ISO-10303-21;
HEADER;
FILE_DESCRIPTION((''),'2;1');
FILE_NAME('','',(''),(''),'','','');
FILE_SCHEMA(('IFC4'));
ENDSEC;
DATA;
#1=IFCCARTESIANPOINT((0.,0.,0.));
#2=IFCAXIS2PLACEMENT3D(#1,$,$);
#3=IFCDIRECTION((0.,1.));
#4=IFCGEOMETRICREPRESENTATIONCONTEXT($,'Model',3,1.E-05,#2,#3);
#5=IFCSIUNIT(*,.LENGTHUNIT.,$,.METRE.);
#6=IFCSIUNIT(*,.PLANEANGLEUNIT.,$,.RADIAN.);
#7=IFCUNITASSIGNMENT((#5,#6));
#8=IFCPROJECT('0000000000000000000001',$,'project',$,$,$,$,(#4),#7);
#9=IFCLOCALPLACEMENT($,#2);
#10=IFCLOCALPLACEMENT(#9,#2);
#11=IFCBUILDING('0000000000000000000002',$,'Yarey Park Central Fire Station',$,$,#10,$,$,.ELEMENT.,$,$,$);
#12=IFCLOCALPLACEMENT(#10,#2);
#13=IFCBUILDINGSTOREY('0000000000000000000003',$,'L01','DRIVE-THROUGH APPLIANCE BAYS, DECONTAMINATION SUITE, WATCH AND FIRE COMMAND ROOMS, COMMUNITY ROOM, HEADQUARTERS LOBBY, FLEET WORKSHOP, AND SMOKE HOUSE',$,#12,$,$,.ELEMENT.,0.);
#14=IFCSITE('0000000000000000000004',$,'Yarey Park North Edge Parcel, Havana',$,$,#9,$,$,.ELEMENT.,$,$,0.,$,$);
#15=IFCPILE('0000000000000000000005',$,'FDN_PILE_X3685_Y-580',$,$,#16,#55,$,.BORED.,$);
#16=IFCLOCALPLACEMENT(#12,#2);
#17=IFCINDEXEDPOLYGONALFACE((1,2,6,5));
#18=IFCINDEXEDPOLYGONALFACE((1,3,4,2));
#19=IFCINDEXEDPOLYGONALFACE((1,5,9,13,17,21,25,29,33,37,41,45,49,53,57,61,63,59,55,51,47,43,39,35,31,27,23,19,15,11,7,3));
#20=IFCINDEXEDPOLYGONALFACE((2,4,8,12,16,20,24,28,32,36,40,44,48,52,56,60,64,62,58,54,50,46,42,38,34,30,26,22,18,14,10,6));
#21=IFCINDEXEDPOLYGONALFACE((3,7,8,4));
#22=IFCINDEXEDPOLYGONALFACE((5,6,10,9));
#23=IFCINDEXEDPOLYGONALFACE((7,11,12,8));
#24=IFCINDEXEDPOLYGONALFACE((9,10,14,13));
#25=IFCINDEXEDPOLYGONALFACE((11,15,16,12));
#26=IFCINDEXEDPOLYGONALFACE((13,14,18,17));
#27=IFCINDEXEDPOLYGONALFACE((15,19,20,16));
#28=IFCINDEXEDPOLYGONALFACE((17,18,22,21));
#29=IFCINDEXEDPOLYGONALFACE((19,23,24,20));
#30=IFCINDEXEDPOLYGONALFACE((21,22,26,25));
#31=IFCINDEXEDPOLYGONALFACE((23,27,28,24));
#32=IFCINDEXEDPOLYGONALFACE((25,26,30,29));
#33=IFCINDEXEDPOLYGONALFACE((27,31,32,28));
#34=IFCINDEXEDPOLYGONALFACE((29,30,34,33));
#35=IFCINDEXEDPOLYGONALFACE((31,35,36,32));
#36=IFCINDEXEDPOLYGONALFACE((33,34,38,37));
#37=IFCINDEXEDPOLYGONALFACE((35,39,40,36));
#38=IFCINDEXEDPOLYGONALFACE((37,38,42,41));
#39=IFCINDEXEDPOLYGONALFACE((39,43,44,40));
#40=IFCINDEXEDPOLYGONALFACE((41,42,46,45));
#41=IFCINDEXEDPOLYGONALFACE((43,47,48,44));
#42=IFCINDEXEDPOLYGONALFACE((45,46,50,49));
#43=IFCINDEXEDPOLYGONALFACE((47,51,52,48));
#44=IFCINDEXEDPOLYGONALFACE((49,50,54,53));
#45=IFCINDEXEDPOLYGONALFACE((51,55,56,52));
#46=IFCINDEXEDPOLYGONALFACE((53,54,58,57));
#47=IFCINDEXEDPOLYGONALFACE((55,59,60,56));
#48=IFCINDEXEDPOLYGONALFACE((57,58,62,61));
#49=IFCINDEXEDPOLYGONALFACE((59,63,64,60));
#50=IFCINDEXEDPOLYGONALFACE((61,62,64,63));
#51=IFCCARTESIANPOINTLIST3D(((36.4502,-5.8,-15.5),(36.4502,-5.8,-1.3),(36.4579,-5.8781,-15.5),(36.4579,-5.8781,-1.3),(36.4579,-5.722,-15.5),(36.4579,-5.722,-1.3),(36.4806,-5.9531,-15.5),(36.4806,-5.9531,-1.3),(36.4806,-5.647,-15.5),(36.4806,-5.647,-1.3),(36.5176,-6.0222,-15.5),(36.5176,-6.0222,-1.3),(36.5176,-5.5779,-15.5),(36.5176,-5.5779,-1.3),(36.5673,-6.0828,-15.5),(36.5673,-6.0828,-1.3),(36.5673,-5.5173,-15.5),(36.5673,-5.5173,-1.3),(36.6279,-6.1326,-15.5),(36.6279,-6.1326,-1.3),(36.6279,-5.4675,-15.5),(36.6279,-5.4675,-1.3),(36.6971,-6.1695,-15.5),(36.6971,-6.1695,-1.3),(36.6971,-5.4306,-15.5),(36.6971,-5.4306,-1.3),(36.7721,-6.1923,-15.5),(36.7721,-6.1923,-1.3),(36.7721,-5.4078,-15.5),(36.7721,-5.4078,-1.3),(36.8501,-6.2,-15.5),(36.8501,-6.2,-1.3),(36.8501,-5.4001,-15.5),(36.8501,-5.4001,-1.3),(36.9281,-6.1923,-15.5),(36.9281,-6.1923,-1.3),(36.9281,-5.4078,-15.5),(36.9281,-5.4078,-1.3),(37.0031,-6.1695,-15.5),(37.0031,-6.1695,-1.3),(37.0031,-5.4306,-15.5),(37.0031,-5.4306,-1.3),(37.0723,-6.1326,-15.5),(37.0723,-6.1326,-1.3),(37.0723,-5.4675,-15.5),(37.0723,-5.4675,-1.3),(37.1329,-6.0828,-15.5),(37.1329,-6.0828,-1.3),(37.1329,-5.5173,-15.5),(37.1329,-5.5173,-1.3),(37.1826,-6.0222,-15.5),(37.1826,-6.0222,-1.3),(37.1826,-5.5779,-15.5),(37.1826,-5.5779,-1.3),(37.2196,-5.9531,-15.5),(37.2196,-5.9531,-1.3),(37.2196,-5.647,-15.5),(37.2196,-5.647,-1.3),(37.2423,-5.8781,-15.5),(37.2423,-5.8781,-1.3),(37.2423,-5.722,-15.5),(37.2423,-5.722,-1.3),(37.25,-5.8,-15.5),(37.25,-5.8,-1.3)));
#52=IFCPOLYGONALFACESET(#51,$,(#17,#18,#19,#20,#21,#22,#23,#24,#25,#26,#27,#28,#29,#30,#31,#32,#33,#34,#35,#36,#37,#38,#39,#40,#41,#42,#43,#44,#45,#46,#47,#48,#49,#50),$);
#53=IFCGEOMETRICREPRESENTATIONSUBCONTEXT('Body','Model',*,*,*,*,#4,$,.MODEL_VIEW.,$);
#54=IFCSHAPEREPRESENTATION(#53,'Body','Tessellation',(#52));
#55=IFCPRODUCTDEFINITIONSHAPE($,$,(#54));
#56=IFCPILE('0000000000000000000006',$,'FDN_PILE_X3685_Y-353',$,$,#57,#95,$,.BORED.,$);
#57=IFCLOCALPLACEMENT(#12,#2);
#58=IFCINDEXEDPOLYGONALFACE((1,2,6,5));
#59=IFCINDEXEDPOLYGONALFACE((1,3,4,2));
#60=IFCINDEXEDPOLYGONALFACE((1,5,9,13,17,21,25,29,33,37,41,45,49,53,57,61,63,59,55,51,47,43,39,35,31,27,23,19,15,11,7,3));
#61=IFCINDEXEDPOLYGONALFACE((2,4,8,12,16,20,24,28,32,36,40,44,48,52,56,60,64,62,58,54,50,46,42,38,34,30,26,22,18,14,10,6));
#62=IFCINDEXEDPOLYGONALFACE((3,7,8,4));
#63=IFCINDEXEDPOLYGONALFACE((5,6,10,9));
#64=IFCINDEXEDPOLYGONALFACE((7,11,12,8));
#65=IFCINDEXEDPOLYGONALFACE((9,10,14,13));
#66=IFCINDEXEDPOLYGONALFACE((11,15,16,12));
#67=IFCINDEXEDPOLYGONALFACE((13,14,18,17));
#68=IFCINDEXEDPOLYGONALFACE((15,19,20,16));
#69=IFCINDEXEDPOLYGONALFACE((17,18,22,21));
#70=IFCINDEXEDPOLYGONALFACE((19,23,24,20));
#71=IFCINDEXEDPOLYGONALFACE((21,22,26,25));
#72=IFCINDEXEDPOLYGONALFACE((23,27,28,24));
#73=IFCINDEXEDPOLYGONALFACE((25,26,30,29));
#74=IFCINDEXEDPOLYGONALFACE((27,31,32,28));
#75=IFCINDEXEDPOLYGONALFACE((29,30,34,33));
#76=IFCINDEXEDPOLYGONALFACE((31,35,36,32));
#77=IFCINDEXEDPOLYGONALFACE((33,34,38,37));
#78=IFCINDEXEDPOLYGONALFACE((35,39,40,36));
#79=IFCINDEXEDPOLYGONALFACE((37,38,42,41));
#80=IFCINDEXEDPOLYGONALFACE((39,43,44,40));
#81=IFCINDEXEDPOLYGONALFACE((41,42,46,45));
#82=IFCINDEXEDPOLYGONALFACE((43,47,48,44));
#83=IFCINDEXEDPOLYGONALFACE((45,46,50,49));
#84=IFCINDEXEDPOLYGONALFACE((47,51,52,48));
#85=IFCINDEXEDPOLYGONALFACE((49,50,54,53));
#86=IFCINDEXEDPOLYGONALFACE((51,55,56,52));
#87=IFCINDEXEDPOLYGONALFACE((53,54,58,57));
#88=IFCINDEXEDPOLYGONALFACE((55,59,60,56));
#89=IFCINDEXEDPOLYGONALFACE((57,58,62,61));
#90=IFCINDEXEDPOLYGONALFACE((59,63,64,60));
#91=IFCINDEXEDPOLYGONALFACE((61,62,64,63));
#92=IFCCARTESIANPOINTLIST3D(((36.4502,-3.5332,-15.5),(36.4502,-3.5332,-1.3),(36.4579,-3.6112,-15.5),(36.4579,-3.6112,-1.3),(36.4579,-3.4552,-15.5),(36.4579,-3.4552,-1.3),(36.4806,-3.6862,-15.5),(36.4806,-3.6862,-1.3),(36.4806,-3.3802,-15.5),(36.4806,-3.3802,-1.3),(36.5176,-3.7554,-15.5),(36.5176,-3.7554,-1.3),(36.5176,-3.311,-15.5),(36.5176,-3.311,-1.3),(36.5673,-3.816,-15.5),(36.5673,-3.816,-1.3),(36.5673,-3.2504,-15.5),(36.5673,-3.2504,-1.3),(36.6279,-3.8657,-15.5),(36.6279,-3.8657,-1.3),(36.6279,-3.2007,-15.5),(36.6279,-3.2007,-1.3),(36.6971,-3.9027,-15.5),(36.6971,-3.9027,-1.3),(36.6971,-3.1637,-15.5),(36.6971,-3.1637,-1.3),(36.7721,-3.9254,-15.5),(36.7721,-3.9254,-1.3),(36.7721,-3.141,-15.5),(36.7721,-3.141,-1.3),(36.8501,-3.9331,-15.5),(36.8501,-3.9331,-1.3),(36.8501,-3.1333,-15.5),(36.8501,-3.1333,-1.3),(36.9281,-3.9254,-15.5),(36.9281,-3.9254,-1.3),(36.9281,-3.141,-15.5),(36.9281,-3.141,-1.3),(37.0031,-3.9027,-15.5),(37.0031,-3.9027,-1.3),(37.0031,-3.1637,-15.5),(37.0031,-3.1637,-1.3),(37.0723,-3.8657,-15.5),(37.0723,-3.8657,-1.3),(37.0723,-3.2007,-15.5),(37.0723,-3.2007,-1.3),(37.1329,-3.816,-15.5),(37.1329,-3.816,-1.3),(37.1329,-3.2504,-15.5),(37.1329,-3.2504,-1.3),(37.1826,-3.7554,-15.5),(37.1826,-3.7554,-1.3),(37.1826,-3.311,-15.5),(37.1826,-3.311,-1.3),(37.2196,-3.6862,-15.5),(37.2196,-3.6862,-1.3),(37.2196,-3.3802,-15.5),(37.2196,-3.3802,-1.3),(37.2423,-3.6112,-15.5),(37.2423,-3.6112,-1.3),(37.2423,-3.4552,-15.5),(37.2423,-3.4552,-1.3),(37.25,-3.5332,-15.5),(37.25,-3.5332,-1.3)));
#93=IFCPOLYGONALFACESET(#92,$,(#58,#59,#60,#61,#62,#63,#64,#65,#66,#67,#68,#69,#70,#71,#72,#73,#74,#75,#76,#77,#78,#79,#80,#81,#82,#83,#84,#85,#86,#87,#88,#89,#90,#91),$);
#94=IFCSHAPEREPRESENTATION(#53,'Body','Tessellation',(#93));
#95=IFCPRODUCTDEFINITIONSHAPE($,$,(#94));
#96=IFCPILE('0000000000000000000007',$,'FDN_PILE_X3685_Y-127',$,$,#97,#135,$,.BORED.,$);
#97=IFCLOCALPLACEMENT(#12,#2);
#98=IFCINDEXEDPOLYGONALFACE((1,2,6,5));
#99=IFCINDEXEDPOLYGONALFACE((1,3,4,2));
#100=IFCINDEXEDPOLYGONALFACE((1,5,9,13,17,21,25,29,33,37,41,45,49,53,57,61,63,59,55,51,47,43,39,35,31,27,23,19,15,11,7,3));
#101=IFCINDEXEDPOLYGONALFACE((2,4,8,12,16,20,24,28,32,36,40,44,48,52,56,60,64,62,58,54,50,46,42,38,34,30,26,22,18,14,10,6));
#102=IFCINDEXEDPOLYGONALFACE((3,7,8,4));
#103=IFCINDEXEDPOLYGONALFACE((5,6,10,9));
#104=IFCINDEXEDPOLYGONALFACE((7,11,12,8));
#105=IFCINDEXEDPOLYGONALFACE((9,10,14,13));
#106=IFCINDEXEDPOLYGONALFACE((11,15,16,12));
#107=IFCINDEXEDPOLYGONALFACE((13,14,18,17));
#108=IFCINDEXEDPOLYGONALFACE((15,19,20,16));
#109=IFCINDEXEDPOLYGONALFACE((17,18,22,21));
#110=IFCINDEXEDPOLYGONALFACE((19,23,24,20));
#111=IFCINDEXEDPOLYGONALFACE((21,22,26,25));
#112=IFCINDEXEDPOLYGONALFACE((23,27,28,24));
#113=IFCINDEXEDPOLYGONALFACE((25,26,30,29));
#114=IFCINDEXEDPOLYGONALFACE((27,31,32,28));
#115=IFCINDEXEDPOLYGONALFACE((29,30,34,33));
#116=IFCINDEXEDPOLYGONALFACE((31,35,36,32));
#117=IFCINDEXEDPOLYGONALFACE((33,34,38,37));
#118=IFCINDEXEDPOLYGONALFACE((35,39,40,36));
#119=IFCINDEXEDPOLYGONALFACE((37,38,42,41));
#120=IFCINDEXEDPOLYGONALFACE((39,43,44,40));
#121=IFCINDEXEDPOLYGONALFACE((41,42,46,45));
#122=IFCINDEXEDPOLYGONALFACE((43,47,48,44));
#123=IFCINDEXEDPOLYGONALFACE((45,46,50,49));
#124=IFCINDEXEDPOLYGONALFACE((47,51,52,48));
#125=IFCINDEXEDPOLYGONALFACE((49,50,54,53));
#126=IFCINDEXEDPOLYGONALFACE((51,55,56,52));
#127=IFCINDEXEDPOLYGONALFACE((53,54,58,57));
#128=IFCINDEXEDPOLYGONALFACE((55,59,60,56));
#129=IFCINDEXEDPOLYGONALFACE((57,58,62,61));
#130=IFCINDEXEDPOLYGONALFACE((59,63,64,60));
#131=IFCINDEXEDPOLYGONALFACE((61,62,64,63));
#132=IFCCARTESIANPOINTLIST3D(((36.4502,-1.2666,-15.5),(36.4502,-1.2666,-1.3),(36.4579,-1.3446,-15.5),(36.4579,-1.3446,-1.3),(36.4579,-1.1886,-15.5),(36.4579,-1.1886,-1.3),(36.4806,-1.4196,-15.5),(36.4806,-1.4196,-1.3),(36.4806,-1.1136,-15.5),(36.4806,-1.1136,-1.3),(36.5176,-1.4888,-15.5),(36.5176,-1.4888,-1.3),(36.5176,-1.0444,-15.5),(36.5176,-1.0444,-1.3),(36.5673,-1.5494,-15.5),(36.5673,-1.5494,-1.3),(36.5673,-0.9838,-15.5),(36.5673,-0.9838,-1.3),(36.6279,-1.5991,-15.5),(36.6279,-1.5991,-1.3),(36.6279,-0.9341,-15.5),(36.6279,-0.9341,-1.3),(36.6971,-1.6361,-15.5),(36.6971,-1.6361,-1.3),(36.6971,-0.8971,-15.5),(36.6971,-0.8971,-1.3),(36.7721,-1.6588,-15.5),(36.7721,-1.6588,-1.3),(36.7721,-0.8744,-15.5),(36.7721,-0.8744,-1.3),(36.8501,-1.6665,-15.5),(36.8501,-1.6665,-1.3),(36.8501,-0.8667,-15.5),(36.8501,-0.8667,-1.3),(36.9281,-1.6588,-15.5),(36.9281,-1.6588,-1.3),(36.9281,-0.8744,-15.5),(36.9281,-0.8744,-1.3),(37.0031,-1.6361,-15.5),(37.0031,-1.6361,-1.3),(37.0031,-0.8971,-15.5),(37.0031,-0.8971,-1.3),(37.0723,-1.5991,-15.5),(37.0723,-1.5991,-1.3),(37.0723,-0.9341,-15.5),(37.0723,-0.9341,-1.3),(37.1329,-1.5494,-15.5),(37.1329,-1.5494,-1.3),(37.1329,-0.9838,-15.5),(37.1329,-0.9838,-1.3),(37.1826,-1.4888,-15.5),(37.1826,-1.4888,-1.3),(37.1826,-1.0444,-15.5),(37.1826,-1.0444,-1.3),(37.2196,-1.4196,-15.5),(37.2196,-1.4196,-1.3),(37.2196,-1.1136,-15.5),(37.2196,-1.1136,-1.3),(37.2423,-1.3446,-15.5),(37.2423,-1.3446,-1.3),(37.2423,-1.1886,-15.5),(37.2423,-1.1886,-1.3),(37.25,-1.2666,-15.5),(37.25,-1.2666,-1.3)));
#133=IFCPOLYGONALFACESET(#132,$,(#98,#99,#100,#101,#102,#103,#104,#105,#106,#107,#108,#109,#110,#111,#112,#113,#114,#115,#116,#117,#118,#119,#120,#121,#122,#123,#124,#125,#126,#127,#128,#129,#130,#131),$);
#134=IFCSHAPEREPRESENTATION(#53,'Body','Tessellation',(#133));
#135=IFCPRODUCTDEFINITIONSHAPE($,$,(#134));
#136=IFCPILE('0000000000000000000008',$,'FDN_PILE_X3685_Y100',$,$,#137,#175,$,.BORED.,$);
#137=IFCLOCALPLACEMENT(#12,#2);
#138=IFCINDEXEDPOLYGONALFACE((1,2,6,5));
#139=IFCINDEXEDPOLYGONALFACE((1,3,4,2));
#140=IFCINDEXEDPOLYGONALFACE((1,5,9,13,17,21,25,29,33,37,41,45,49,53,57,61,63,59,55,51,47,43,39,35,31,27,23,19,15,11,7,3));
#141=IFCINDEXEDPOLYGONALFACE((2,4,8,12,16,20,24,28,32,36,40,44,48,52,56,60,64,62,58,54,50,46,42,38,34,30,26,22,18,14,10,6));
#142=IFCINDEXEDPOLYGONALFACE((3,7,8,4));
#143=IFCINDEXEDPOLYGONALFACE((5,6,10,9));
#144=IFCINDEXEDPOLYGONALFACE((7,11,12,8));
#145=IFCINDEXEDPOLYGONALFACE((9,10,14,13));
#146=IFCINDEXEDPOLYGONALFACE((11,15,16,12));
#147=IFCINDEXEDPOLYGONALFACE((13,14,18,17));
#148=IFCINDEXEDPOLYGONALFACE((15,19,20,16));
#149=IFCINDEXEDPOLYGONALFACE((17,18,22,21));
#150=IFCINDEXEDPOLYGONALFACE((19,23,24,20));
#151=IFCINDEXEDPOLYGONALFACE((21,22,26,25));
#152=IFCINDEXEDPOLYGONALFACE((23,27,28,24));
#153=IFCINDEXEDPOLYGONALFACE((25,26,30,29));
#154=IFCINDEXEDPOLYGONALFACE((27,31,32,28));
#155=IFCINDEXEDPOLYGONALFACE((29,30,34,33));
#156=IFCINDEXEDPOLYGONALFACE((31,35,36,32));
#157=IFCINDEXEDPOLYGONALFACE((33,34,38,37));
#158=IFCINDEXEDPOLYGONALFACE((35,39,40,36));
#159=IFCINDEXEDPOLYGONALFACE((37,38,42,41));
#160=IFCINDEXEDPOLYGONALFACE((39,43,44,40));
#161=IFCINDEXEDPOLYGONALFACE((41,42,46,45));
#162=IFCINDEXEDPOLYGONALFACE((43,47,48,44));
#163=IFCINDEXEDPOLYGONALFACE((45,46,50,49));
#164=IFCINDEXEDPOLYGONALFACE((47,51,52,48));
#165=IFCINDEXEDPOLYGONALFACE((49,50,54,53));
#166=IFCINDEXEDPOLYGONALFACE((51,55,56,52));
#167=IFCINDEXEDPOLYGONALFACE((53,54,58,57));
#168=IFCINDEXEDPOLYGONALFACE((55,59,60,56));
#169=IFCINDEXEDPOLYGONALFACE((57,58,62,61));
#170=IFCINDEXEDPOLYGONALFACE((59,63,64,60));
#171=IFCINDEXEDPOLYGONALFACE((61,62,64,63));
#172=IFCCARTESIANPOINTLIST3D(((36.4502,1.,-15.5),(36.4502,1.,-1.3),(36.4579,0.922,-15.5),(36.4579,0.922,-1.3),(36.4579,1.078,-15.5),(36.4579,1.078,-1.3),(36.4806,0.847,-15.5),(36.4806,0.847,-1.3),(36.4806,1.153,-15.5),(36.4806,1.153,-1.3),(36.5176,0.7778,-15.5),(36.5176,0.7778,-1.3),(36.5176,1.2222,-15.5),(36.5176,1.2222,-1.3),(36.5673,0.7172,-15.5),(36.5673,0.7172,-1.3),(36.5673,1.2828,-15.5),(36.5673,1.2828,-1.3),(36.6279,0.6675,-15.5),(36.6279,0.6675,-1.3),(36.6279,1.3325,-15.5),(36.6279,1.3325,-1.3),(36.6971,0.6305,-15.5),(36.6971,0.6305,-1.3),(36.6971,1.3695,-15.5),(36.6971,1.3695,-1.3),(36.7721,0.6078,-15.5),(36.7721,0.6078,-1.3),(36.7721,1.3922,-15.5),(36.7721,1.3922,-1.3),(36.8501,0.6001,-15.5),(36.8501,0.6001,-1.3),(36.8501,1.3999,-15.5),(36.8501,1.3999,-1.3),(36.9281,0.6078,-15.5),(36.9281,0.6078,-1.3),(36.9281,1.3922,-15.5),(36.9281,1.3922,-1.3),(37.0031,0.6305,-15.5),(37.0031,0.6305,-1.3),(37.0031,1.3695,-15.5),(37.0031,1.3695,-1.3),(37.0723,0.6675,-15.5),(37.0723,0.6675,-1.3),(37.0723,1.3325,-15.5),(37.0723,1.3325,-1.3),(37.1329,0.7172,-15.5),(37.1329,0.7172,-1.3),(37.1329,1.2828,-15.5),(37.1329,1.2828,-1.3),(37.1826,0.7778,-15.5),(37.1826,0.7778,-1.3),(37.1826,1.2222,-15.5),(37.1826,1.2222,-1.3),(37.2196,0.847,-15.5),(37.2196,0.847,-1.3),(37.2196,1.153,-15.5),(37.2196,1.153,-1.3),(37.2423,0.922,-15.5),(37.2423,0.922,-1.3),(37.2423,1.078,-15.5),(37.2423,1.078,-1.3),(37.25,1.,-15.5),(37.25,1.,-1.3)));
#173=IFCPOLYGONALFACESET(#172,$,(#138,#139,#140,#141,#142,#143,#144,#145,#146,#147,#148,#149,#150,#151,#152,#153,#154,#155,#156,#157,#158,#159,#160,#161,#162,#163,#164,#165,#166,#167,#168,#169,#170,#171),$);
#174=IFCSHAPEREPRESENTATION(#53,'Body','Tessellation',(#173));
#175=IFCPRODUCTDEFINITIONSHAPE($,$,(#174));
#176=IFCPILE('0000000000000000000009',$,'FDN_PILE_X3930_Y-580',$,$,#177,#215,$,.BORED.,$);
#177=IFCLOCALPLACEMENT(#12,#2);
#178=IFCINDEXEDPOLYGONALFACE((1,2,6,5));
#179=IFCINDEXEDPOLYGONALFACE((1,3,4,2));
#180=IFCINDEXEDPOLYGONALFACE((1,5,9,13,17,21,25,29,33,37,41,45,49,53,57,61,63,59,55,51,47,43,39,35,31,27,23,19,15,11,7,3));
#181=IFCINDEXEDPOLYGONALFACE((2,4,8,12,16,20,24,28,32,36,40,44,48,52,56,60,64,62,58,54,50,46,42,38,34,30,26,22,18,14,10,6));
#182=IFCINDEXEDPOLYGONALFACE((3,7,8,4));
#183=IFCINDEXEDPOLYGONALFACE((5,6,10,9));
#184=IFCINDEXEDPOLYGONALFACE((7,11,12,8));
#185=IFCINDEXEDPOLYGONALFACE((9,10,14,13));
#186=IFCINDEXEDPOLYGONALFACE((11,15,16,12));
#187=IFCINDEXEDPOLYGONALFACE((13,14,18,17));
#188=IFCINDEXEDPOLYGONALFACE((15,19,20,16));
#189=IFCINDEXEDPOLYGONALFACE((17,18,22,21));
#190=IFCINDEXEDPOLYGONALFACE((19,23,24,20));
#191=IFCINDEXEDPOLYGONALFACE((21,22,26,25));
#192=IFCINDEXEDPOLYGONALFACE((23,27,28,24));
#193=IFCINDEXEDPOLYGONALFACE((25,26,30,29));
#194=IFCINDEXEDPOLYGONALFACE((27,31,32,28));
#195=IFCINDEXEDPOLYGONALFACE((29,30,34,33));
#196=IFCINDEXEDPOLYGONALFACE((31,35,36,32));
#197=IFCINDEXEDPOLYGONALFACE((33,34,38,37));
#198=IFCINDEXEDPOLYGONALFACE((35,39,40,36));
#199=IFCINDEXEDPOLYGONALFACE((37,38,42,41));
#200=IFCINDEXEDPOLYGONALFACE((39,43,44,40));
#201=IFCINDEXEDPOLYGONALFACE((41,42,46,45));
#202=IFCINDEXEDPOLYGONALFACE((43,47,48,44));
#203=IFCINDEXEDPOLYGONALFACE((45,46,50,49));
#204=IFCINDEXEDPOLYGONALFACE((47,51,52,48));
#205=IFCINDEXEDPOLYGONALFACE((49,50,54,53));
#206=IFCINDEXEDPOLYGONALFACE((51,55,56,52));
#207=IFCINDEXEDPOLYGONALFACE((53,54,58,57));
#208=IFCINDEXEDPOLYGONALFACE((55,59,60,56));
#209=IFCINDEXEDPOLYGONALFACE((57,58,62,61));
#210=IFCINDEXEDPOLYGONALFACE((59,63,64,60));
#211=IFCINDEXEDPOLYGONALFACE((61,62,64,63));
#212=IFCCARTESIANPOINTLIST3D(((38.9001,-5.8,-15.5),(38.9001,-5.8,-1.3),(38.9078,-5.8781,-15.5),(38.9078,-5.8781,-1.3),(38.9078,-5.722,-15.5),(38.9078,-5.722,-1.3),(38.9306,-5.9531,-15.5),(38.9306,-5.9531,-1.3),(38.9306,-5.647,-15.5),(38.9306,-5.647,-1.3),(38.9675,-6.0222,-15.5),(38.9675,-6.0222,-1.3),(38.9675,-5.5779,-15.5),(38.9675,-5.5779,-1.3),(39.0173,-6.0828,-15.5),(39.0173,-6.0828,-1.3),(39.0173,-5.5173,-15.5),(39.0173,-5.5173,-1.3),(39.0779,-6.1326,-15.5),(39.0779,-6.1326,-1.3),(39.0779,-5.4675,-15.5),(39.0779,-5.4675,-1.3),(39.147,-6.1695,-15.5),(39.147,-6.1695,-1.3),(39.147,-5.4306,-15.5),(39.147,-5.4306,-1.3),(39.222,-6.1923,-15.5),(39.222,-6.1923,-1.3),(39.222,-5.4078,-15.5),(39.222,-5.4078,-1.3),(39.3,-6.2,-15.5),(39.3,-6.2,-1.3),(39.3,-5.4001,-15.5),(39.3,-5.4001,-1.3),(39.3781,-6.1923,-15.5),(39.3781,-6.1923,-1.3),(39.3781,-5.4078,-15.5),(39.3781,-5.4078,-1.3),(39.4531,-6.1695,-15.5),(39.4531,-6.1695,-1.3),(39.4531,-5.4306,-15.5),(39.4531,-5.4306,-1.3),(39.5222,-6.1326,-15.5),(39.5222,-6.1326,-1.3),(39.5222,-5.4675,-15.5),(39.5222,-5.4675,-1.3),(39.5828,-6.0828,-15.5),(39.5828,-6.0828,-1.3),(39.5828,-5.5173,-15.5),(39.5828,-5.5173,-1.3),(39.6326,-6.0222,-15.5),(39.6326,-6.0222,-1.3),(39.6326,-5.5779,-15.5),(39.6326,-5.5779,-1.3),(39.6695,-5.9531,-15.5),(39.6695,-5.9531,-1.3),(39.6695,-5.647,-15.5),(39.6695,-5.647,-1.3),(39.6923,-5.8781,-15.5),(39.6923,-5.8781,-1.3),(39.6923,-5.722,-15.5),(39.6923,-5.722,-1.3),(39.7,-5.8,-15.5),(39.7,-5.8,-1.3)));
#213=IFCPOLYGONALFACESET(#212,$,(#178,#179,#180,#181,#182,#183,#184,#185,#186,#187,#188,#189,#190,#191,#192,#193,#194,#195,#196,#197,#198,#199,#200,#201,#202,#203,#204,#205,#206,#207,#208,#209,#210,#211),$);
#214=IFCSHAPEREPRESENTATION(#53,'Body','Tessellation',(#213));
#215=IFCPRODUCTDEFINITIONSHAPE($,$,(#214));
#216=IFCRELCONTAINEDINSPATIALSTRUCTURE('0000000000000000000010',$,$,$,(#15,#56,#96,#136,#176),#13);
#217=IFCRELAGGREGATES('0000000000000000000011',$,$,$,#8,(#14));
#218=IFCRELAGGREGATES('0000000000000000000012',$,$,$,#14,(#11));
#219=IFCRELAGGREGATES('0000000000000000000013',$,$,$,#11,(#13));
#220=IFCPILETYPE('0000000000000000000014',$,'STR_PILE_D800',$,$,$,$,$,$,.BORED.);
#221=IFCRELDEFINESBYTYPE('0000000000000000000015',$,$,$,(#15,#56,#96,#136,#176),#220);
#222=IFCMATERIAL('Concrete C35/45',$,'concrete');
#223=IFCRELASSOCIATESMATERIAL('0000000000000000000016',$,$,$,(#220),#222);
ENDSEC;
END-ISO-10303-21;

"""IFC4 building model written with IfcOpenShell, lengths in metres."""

from ifc_helpers import new_model, si_unit, direction, frame, origin, origin_2d, place, context, subcontext, project, spatial, circle, extrude, material, material_profile, profile_set, type_object, element, save


model = new_model("IFC4")

# Units and contexts
model_context = context("Model", 3, precision=1e-05, world=origin(), true_north=direction((0.0, 1.0)))
body_context = subcontext(model_context, "Body", "Model", "MODEL_VIEW")
ifc_project = project(units=[si_unit("LENGTHUNIT", "METRE"), si_unit("PLANEANGLEUNIT", "RADIAN")], contexts=[model_context])

# Site, building, storey
site_placement = place(None, origin())
site = spatial("IfcSite", under=ifc_project, at=site_placement, Name="Yarey Park North Edge Parcel, Havana", CompositionType="ELEMENT", RefElevation=0.0)
building_placement = place(site_placement, origin())
building = spatial("IfcBuilding", under=site, at=building_placement, Name="Yarey Park Central Fire Station", CompositionType="ELEMENT")
storey_placement = place(building_placement, origin())
storey = spatial("IfcBuildingStorey", under=building, at=storey_placement, Name="L01", Description="DRIVE-THROUGH APPLIANCE BAYS, DECONTAMINATION SUITE, WATCH AND FIRE COMMAND ROOMS, COMMUNITY ROOM, HEADQUARTERS LOBBY, FLEET WORKSHOP, AND SMOKE HOUSE", CompositionType="ELEMENT", Elevation=0.0)

# Shared definitions
ifc_material_1 = material(Name="Concrete C35/45", Category="concrete")

# Piles
ifc_material_profile_1 = material_profile(ifc_material_1, circle(Radius=0.3999, at=origin_2d()), Name="BORED PILE D800")
ifc_profile_set_1 = profile_set([ifc_material_profile_1], Name="Concrete C35/45")
pile_type = type_object("IfcPileType", Name="STR_PILE_D800", PredefinedType="BORED", material=ifc_profile_set_1)
for number, where, z_axis, x_axis, name in (
    (1, (36.8501, -5.8, -1.3), (0.0, 0.0, -1.0), (1.0, 0.0, 0.0), "FDN_PILE_X3685_Y-580"),
    (2, (36.8501, -3.5332, -1.3), (0.0, 0.0, -1.0), (1.0, 0.0, 0.0), "FDN_PILE_X3685_Y-353"),
    (3, (36.8501, -1.2666, -1.3), (0.0, 0.0, -1.0), (1.0, 0.0, 0.0), "FDN_PILE_X3685_Y-127"),
    (4, (36.8501, 1.0, -1.3), (0.0, 0.0, -1.0), (1.0, 0.0, 0.0), "FDN_PILE_X3685_Y100"),
    (5, (39.3, -5.8, -1.3), (0.0, 0.0, -1.0), (1.0, 0.0, 0.0), "FDN_PILE_X3930_Y-580"),
):
    element("IfcPile", number, at=place(storey_placement, frame(where, z_axis=z_axis, x_axis=x_axis)), inside=storey, type_object=pile_type, Name=name, PredefinedType="BORED", context=body_context, shape_type="SweptSolid", body=[
        extrude(circle(Radius=0.3999, at=origin_2d()), origin(), (0.0, 0.0, 1.0), 14.2),
    ])

save(model, "model.ifc")
